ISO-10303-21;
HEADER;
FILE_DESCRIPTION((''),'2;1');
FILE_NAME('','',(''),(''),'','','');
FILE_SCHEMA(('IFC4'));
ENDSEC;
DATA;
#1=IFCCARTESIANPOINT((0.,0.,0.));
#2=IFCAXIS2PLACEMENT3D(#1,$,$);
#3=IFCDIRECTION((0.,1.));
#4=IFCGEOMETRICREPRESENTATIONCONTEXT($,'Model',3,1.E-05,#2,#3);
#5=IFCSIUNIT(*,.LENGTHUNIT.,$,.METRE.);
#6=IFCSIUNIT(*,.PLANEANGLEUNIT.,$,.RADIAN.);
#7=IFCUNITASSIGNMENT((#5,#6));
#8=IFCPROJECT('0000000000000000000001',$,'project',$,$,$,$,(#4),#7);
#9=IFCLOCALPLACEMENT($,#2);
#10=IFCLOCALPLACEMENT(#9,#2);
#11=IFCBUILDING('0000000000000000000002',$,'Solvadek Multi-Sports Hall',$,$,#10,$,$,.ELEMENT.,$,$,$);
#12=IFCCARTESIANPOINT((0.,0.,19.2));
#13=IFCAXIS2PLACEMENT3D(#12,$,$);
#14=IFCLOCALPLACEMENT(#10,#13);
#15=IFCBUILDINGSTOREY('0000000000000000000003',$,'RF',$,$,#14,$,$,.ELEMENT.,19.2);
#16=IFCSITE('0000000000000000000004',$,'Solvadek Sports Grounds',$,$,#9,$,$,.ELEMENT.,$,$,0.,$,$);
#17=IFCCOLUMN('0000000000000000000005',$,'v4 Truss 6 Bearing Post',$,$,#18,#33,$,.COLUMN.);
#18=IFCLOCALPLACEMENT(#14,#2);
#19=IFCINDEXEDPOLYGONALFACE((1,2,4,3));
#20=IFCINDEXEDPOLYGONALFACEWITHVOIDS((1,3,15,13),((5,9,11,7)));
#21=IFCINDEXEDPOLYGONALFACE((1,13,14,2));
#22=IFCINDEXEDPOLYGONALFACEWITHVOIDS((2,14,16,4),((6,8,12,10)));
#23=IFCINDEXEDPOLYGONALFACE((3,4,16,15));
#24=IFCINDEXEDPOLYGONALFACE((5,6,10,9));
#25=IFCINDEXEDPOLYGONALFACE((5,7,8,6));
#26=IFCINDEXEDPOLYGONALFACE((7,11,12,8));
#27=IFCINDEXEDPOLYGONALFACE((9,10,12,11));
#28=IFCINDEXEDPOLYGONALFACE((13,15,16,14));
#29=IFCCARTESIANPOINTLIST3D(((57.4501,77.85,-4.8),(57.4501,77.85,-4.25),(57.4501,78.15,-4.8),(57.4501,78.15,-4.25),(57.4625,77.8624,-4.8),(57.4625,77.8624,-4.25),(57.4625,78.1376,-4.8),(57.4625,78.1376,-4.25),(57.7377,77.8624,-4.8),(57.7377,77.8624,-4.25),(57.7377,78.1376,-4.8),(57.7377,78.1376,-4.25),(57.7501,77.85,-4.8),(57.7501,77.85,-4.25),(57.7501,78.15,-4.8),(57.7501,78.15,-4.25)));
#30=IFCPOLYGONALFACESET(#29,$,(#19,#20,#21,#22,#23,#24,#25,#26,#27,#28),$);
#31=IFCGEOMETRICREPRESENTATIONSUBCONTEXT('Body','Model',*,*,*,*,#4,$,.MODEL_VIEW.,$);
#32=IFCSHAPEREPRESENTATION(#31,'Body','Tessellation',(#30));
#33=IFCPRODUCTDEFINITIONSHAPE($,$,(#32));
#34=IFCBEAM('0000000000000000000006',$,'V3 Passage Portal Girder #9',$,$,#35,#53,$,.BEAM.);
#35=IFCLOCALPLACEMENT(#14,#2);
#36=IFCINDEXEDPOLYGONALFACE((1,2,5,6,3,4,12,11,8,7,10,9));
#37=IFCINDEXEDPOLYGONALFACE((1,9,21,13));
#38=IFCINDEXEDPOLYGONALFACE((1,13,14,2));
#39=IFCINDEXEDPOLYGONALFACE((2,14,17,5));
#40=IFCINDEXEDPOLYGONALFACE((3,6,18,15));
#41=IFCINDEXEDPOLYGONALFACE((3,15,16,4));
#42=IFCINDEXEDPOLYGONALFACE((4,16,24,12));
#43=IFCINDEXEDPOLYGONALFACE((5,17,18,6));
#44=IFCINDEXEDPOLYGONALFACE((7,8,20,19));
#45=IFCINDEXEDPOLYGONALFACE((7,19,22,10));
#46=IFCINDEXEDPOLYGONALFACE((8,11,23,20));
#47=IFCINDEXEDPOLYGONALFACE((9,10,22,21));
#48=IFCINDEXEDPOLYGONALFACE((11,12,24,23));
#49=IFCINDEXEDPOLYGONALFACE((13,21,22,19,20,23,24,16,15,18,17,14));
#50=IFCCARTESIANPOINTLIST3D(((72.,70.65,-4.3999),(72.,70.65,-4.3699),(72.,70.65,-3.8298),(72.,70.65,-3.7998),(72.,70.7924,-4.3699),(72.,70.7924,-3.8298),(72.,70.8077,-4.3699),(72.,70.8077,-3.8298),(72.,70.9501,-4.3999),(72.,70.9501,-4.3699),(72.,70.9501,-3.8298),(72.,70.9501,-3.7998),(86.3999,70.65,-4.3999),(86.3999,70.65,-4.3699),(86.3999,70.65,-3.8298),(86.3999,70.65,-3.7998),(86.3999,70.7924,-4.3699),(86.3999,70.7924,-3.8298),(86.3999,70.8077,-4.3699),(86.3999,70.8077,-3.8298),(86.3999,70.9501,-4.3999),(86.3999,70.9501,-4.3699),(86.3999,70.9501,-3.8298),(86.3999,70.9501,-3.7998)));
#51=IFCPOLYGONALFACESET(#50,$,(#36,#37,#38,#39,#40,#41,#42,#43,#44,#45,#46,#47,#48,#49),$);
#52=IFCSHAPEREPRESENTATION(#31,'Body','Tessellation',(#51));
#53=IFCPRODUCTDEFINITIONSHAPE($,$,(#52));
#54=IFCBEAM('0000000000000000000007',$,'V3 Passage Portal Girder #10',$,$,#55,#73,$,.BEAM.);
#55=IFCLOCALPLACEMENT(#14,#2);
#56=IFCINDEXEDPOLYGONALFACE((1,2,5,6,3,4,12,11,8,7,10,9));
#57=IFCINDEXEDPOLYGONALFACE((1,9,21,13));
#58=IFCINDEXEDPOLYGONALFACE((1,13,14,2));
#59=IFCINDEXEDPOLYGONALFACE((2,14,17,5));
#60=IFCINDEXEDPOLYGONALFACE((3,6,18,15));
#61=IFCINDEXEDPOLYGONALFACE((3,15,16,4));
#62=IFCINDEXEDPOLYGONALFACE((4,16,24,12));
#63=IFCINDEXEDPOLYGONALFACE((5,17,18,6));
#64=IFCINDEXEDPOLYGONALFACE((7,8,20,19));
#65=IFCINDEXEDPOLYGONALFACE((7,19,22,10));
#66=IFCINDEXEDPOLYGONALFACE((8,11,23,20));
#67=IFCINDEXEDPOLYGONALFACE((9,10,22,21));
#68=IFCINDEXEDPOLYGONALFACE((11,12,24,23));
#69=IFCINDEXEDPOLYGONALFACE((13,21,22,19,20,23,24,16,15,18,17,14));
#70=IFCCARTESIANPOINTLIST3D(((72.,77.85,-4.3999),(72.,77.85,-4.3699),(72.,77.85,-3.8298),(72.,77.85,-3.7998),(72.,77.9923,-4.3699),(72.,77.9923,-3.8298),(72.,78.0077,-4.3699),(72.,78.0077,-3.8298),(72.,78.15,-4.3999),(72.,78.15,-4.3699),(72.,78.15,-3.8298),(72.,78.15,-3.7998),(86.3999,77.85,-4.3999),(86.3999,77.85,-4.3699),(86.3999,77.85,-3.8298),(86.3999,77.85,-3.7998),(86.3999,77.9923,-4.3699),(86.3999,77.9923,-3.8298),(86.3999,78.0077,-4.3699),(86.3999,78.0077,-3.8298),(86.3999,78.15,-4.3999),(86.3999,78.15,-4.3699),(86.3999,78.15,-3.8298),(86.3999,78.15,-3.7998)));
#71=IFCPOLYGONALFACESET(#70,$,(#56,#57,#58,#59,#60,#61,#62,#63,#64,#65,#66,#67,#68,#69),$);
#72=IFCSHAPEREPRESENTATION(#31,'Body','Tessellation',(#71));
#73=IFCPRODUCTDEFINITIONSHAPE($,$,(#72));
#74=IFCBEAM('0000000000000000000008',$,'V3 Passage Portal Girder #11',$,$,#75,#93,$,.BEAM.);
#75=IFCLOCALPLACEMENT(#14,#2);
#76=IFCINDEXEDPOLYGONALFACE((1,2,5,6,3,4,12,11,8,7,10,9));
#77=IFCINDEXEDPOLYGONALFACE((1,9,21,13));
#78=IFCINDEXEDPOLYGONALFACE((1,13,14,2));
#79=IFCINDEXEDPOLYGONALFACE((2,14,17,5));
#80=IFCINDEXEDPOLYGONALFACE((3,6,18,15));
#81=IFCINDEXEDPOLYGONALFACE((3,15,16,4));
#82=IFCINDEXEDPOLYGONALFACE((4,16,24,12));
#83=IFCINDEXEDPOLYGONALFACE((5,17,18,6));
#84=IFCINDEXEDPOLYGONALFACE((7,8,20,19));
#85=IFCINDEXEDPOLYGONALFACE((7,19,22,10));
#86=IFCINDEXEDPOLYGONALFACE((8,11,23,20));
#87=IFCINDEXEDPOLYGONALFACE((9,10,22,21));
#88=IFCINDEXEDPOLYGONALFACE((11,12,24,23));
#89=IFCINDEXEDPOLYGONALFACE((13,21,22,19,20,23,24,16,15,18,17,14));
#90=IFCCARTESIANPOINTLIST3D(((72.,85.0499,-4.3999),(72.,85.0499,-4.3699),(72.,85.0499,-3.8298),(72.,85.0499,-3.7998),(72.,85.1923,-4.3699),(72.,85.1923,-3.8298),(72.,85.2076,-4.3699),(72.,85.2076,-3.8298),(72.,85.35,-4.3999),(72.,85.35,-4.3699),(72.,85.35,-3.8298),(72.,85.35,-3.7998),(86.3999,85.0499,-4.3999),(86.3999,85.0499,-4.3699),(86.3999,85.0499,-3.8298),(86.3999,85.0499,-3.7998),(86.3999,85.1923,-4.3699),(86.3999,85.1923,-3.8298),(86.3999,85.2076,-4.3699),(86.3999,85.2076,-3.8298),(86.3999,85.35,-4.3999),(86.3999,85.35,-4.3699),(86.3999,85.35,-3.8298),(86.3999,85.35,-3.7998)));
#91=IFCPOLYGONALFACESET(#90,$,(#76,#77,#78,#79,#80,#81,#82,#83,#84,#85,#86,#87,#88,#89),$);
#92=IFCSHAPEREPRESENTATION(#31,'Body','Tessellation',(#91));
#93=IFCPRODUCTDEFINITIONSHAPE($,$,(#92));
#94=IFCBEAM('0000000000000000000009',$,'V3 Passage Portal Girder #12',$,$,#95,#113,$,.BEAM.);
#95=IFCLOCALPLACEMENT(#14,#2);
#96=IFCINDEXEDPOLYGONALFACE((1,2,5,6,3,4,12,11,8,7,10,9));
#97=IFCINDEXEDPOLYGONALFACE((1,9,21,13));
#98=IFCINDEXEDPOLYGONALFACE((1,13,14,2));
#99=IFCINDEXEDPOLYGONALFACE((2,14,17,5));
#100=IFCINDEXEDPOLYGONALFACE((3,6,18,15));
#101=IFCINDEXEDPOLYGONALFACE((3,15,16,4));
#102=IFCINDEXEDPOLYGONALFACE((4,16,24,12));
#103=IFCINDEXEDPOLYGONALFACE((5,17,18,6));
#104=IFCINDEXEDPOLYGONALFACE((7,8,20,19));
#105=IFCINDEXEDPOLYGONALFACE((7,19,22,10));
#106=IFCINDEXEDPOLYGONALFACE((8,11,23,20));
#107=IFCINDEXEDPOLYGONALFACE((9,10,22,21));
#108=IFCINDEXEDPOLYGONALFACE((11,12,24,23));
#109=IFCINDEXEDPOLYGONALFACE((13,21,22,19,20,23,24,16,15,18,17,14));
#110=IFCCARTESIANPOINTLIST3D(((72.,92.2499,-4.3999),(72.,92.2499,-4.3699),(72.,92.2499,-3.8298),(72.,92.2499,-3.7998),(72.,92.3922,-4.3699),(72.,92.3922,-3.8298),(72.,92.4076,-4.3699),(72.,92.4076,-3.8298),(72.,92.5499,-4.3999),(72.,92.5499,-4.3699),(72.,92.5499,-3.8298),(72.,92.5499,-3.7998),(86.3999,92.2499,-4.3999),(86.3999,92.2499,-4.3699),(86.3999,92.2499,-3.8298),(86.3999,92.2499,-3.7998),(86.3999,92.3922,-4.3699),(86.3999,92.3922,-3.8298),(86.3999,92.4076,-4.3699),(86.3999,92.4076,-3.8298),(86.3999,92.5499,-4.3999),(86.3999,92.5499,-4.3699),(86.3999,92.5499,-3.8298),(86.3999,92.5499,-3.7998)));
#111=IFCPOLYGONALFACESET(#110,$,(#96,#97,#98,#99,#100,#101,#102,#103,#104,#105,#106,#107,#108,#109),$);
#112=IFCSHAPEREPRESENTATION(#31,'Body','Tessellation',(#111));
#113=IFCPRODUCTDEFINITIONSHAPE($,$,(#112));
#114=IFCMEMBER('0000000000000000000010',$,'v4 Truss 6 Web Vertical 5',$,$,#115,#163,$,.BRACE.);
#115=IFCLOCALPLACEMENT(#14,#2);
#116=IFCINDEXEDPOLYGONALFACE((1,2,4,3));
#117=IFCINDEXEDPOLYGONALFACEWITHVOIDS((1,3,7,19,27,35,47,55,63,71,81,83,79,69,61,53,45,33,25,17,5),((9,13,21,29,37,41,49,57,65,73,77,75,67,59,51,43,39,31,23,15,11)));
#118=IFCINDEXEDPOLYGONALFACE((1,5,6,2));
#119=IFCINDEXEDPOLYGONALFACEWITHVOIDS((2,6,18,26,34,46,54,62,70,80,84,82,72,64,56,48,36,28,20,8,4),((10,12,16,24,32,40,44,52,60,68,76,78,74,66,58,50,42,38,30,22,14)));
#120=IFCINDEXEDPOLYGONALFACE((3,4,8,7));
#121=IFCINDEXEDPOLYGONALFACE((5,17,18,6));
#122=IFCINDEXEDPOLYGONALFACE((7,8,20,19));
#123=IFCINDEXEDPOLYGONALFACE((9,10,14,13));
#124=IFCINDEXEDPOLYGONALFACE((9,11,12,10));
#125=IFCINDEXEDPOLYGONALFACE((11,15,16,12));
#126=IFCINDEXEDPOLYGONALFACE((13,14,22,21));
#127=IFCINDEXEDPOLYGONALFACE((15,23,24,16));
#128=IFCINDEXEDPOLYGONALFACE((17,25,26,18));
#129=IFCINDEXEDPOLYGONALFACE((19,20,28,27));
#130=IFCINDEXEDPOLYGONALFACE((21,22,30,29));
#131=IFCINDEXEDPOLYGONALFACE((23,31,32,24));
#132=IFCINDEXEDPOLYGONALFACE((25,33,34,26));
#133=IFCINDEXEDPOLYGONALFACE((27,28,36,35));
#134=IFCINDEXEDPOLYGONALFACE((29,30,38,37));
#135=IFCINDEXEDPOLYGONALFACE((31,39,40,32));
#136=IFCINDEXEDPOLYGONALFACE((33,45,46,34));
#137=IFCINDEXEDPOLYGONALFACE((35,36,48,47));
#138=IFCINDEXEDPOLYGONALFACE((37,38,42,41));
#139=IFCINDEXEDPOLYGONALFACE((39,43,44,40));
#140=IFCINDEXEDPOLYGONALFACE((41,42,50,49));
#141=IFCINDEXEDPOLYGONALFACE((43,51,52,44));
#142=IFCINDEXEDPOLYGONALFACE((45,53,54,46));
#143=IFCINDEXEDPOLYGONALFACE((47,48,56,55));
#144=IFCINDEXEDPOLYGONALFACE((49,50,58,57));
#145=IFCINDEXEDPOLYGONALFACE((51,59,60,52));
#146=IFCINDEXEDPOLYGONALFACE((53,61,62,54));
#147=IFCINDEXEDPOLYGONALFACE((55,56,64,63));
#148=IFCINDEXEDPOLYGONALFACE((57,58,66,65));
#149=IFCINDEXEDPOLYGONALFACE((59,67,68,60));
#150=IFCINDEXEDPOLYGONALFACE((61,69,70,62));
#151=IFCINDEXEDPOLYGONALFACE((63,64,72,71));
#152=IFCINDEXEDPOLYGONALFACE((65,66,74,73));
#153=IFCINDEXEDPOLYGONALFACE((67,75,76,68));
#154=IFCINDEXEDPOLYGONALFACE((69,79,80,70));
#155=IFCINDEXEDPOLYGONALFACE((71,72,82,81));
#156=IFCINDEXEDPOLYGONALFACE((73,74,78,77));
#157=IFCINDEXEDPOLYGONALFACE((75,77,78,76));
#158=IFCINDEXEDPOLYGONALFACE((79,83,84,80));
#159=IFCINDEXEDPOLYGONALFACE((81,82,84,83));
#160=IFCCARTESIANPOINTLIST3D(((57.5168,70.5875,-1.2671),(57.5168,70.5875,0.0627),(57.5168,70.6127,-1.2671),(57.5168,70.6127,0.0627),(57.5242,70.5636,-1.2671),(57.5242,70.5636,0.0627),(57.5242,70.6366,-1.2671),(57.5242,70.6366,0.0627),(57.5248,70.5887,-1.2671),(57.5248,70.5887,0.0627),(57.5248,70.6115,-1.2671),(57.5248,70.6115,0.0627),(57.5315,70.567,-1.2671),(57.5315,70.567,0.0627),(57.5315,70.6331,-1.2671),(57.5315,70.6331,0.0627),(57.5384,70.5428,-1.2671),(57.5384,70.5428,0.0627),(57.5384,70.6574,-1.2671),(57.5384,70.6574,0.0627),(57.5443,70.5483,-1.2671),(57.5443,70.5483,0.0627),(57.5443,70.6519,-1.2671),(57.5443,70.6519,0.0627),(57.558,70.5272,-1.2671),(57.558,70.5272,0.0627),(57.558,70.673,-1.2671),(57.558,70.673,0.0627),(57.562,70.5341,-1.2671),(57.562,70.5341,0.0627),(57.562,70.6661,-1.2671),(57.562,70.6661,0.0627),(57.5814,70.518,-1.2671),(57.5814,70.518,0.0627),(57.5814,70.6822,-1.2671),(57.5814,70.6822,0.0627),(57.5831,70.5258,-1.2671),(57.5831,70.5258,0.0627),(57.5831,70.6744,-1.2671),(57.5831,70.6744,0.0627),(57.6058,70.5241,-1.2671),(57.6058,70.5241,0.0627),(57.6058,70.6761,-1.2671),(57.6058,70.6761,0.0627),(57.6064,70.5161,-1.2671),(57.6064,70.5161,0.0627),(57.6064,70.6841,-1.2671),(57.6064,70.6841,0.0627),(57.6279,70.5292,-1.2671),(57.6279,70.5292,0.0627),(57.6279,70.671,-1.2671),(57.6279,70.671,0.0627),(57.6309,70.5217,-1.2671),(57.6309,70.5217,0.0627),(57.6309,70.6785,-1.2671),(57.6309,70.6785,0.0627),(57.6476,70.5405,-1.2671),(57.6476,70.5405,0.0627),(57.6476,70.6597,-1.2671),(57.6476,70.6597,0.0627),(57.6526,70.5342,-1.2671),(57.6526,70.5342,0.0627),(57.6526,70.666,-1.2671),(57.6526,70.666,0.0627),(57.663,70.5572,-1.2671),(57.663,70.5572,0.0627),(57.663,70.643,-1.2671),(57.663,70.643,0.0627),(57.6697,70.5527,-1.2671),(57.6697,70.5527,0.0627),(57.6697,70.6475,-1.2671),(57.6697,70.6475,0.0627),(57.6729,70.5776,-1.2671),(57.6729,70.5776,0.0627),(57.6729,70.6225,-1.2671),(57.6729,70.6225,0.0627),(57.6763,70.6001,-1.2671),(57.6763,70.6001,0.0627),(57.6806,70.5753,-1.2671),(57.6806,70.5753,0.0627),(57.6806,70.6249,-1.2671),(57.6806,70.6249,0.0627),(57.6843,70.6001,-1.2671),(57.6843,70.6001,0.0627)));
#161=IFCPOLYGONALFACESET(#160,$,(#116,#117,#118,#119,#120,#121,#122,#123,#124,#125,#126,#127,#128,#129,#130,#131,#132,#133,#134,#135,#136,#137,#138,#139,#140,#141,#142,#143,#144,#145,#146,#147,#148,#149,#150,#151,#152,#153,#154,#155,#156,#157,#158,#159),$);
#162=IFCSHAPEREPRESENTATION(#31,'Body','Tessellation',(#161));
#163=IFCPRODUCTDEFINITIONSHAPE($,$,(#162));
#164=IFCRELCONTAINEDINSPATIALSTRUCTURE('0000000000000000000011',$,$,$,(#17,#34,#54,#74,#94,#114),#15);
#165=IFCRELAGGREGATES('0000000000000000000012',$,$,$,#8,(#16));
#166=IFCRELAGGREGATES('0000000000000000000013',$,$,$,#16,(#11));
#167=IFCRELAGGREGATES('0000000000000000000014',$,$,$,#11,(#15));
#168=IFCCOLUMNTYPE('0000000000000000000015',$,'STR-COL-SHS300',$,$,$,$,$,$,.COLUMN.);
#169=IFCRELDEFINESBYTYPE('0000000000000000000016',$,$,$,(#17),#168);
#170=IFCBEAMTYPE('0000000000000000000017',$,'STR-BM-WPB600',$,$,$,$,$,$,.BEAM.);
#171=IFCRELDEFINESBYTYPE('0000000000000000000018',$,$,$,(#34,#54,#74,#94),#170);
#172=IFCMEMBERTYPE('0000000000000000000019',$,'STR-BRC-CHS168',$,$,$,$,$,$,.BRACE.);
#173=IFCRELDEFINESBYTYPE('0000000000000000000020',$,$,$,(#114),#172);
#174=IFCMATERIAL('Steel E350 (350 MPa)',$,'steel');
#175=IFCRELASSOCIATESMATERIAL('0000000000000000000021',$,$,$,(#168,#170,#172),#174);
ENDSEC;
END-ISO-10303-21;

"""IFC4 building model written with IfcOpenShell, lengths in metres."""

from ifc_helpers import new_model, si_unit, direction, frame, origin, origin_2d, place, context, subcontext, project, spatial, hollow_rectangle, hollow_circle, i_section, extrude, material, material_profile, profile_set, type_object, element, save


model = new_model("IFC4")

# Units and contexts
model_context = context("Model", 3, precision=1e-05, world=origin(), true_north=direction((0.0, 1.0)))
body_context = subcontext(model_context, "Body", "Model", "MODEL_VIEW")
ifc_project = project(units=[si_unit("LENGTHUNIT", "METRE"), si_unit("PLANEANGLEUNIT", "RADIAN")], contexts=[model_context])

# Site, building, storey
site_placement = place(None, origin())
site = spatial("IfcSite", under=ifc_project, at=site_placement, Name="Solvadek Sports Grounds", CompositionType="ELEMENT", RefElevation=0.0)
building_placement = place(site_placement, origin())
building = spatial("IfcBuilding", under=site, at=building_placement, Name="Solvadek Multi-Sports Hall", CompositionType="ELEMENT")
storey_placement = place(building_placement, frame((0.0, 0.0, 19.2)))
storey = spatial("IfcBuildingStorey", under=building, at=storey_placement, Name="RF", CompositionType="ELEMENT", Elevation=19.2)

# Column
ifc_material_1 = material(Name="Steel E350 (350 MPa)", Category="steel")
ifc_material_profile_1 = material_profile(ifc_material_1, hollow_rectangle(XDim=0.3, YDim=0.3, WallThickness=0.0125, at=origin_2d()), Name="SHS 300x300x12.5")
ifc_profile_set_1 = profile_set([ifc_material_profile_1], Name="Steel E350 (350 MPa)")
column_type = type_object("IfcColumnType", Name="STR-COL-SHS300", PredefinedType="COLUMN", material=ifc_profile_set_1)
column_placement = place(storey_placement, frame((57.6001, 78.0, -4.8), z_axis=(0.0, 0.0, 1.0), x_axis=(1.0, 0.0, 0.0)))
element("IfcColumn", 1, at=column_placement, inside=storey, type_object=column_type, Name="v4 Truss 6 Bearing Post", PredefinedType="COLUMN", context=body_context, shape_type="SweptSolid", body=[
    extrude(hollow_rectangle(XDim=0.3, YDim=0.3, WallThickness=0.0125, at=origin_2d()), origin(), (0.0, 0.0, 1.0), 0.55),
])

# Beams
ifc_material_profile_2 = material_profile(ifc_material_1, i_section(OverallWidth=0.3, OverallDepth=0.6001, WebThickness=0.0154, FlangeThickness=0.03, at=origin_2d()), Name="WPB 600")
ifc_profile_set_2 = profile_set([ifc_material_profile_2], Name="Steel E350 (350 MPa)")
beam_type_1 = type_object("IfcBeamType", Name="STR-BM-WPB600", PredefinedType="BEAM", material=ifc_profile_set_2)
for number, where, z_axis, x_axis, name in (
    (2, (72.0, 70.8, -4.0999), (1.0, 0.0, 0.0), (0.0, 1.0, 0.0), "V3 Passage Portal Girder #9"),
    (3, (72.0, 78.0, -4.0999), (1.0, 0.0, 0.0), (0.0, 1.0, 0.0), "V3 Passage Portal Girder #10"),
    (4, (72.0, 85.2, -4.0999), (1.0, 0.0, 0.0), (0.0, 1.0, 0.0), "V3 Passage Portal Girder #11"),
    (5, (72.0, 92.3999, -4.0999), (1.0, 0.0, 0.0), (0.0, 1.0, 0.0), "V3 Passage Portal Girder #12"),
):
    element("IfcBeam", number, at=place(storey_placement, frame(where, z_axis=z_axis, x_axis=x_axis)), inside=storey, type_object=beam_type_1, Name=name, PredefinedType="BEAM", context=body_context, shape_type="SweptSolid", body=[
        extrude(i_section(OverallWidth=0.3, OverallDepth=0.6001, WebThickness=0.0154, FlangeThickness=0.03, at=origin_2d()), origin(), (0.0, 0.0, 1.0), 14.3999),
    ])

# Member
ifc_material_profile_3 = material_profile(ifc_material_1, hollow_circle(Radius=0.0842, WallThickness=0.0081, at=origin_2d()), Name="CHS 168.3x8")
ifc_profile_set_3 = profile_set([ifc_material_profile_3], Name="Steel E350 (350 MPa)")
member_type_1 = type_object("IfcMemberType", Name="STR-BRC-CHS168", PredefinedType="BRACE", material=ifc_profile_set_3)
member_1_placement = place(storey_placement, frame((57.6001, 70.6001, -1.2671), z_axis=(0.0, 0.0, 1.0), x_axis=(1.0, 0.0, 0.0)))
element("IfcMember", 6, at=member_1_placement, inside=storey, type_object=member_type_1, Name="v4 Truss 6 Web Vertical 5", PredefinedType="BRACE", context=body_context, shape_type="SweptSolid", body=[
    extrude(hollow_circle(Radius=0.0842, WallThickness=0.0081, at=origin_2d()), origin(), (0.0, 0.0, 1.0), 1.3298),
])

save(model, "model.ifc")
